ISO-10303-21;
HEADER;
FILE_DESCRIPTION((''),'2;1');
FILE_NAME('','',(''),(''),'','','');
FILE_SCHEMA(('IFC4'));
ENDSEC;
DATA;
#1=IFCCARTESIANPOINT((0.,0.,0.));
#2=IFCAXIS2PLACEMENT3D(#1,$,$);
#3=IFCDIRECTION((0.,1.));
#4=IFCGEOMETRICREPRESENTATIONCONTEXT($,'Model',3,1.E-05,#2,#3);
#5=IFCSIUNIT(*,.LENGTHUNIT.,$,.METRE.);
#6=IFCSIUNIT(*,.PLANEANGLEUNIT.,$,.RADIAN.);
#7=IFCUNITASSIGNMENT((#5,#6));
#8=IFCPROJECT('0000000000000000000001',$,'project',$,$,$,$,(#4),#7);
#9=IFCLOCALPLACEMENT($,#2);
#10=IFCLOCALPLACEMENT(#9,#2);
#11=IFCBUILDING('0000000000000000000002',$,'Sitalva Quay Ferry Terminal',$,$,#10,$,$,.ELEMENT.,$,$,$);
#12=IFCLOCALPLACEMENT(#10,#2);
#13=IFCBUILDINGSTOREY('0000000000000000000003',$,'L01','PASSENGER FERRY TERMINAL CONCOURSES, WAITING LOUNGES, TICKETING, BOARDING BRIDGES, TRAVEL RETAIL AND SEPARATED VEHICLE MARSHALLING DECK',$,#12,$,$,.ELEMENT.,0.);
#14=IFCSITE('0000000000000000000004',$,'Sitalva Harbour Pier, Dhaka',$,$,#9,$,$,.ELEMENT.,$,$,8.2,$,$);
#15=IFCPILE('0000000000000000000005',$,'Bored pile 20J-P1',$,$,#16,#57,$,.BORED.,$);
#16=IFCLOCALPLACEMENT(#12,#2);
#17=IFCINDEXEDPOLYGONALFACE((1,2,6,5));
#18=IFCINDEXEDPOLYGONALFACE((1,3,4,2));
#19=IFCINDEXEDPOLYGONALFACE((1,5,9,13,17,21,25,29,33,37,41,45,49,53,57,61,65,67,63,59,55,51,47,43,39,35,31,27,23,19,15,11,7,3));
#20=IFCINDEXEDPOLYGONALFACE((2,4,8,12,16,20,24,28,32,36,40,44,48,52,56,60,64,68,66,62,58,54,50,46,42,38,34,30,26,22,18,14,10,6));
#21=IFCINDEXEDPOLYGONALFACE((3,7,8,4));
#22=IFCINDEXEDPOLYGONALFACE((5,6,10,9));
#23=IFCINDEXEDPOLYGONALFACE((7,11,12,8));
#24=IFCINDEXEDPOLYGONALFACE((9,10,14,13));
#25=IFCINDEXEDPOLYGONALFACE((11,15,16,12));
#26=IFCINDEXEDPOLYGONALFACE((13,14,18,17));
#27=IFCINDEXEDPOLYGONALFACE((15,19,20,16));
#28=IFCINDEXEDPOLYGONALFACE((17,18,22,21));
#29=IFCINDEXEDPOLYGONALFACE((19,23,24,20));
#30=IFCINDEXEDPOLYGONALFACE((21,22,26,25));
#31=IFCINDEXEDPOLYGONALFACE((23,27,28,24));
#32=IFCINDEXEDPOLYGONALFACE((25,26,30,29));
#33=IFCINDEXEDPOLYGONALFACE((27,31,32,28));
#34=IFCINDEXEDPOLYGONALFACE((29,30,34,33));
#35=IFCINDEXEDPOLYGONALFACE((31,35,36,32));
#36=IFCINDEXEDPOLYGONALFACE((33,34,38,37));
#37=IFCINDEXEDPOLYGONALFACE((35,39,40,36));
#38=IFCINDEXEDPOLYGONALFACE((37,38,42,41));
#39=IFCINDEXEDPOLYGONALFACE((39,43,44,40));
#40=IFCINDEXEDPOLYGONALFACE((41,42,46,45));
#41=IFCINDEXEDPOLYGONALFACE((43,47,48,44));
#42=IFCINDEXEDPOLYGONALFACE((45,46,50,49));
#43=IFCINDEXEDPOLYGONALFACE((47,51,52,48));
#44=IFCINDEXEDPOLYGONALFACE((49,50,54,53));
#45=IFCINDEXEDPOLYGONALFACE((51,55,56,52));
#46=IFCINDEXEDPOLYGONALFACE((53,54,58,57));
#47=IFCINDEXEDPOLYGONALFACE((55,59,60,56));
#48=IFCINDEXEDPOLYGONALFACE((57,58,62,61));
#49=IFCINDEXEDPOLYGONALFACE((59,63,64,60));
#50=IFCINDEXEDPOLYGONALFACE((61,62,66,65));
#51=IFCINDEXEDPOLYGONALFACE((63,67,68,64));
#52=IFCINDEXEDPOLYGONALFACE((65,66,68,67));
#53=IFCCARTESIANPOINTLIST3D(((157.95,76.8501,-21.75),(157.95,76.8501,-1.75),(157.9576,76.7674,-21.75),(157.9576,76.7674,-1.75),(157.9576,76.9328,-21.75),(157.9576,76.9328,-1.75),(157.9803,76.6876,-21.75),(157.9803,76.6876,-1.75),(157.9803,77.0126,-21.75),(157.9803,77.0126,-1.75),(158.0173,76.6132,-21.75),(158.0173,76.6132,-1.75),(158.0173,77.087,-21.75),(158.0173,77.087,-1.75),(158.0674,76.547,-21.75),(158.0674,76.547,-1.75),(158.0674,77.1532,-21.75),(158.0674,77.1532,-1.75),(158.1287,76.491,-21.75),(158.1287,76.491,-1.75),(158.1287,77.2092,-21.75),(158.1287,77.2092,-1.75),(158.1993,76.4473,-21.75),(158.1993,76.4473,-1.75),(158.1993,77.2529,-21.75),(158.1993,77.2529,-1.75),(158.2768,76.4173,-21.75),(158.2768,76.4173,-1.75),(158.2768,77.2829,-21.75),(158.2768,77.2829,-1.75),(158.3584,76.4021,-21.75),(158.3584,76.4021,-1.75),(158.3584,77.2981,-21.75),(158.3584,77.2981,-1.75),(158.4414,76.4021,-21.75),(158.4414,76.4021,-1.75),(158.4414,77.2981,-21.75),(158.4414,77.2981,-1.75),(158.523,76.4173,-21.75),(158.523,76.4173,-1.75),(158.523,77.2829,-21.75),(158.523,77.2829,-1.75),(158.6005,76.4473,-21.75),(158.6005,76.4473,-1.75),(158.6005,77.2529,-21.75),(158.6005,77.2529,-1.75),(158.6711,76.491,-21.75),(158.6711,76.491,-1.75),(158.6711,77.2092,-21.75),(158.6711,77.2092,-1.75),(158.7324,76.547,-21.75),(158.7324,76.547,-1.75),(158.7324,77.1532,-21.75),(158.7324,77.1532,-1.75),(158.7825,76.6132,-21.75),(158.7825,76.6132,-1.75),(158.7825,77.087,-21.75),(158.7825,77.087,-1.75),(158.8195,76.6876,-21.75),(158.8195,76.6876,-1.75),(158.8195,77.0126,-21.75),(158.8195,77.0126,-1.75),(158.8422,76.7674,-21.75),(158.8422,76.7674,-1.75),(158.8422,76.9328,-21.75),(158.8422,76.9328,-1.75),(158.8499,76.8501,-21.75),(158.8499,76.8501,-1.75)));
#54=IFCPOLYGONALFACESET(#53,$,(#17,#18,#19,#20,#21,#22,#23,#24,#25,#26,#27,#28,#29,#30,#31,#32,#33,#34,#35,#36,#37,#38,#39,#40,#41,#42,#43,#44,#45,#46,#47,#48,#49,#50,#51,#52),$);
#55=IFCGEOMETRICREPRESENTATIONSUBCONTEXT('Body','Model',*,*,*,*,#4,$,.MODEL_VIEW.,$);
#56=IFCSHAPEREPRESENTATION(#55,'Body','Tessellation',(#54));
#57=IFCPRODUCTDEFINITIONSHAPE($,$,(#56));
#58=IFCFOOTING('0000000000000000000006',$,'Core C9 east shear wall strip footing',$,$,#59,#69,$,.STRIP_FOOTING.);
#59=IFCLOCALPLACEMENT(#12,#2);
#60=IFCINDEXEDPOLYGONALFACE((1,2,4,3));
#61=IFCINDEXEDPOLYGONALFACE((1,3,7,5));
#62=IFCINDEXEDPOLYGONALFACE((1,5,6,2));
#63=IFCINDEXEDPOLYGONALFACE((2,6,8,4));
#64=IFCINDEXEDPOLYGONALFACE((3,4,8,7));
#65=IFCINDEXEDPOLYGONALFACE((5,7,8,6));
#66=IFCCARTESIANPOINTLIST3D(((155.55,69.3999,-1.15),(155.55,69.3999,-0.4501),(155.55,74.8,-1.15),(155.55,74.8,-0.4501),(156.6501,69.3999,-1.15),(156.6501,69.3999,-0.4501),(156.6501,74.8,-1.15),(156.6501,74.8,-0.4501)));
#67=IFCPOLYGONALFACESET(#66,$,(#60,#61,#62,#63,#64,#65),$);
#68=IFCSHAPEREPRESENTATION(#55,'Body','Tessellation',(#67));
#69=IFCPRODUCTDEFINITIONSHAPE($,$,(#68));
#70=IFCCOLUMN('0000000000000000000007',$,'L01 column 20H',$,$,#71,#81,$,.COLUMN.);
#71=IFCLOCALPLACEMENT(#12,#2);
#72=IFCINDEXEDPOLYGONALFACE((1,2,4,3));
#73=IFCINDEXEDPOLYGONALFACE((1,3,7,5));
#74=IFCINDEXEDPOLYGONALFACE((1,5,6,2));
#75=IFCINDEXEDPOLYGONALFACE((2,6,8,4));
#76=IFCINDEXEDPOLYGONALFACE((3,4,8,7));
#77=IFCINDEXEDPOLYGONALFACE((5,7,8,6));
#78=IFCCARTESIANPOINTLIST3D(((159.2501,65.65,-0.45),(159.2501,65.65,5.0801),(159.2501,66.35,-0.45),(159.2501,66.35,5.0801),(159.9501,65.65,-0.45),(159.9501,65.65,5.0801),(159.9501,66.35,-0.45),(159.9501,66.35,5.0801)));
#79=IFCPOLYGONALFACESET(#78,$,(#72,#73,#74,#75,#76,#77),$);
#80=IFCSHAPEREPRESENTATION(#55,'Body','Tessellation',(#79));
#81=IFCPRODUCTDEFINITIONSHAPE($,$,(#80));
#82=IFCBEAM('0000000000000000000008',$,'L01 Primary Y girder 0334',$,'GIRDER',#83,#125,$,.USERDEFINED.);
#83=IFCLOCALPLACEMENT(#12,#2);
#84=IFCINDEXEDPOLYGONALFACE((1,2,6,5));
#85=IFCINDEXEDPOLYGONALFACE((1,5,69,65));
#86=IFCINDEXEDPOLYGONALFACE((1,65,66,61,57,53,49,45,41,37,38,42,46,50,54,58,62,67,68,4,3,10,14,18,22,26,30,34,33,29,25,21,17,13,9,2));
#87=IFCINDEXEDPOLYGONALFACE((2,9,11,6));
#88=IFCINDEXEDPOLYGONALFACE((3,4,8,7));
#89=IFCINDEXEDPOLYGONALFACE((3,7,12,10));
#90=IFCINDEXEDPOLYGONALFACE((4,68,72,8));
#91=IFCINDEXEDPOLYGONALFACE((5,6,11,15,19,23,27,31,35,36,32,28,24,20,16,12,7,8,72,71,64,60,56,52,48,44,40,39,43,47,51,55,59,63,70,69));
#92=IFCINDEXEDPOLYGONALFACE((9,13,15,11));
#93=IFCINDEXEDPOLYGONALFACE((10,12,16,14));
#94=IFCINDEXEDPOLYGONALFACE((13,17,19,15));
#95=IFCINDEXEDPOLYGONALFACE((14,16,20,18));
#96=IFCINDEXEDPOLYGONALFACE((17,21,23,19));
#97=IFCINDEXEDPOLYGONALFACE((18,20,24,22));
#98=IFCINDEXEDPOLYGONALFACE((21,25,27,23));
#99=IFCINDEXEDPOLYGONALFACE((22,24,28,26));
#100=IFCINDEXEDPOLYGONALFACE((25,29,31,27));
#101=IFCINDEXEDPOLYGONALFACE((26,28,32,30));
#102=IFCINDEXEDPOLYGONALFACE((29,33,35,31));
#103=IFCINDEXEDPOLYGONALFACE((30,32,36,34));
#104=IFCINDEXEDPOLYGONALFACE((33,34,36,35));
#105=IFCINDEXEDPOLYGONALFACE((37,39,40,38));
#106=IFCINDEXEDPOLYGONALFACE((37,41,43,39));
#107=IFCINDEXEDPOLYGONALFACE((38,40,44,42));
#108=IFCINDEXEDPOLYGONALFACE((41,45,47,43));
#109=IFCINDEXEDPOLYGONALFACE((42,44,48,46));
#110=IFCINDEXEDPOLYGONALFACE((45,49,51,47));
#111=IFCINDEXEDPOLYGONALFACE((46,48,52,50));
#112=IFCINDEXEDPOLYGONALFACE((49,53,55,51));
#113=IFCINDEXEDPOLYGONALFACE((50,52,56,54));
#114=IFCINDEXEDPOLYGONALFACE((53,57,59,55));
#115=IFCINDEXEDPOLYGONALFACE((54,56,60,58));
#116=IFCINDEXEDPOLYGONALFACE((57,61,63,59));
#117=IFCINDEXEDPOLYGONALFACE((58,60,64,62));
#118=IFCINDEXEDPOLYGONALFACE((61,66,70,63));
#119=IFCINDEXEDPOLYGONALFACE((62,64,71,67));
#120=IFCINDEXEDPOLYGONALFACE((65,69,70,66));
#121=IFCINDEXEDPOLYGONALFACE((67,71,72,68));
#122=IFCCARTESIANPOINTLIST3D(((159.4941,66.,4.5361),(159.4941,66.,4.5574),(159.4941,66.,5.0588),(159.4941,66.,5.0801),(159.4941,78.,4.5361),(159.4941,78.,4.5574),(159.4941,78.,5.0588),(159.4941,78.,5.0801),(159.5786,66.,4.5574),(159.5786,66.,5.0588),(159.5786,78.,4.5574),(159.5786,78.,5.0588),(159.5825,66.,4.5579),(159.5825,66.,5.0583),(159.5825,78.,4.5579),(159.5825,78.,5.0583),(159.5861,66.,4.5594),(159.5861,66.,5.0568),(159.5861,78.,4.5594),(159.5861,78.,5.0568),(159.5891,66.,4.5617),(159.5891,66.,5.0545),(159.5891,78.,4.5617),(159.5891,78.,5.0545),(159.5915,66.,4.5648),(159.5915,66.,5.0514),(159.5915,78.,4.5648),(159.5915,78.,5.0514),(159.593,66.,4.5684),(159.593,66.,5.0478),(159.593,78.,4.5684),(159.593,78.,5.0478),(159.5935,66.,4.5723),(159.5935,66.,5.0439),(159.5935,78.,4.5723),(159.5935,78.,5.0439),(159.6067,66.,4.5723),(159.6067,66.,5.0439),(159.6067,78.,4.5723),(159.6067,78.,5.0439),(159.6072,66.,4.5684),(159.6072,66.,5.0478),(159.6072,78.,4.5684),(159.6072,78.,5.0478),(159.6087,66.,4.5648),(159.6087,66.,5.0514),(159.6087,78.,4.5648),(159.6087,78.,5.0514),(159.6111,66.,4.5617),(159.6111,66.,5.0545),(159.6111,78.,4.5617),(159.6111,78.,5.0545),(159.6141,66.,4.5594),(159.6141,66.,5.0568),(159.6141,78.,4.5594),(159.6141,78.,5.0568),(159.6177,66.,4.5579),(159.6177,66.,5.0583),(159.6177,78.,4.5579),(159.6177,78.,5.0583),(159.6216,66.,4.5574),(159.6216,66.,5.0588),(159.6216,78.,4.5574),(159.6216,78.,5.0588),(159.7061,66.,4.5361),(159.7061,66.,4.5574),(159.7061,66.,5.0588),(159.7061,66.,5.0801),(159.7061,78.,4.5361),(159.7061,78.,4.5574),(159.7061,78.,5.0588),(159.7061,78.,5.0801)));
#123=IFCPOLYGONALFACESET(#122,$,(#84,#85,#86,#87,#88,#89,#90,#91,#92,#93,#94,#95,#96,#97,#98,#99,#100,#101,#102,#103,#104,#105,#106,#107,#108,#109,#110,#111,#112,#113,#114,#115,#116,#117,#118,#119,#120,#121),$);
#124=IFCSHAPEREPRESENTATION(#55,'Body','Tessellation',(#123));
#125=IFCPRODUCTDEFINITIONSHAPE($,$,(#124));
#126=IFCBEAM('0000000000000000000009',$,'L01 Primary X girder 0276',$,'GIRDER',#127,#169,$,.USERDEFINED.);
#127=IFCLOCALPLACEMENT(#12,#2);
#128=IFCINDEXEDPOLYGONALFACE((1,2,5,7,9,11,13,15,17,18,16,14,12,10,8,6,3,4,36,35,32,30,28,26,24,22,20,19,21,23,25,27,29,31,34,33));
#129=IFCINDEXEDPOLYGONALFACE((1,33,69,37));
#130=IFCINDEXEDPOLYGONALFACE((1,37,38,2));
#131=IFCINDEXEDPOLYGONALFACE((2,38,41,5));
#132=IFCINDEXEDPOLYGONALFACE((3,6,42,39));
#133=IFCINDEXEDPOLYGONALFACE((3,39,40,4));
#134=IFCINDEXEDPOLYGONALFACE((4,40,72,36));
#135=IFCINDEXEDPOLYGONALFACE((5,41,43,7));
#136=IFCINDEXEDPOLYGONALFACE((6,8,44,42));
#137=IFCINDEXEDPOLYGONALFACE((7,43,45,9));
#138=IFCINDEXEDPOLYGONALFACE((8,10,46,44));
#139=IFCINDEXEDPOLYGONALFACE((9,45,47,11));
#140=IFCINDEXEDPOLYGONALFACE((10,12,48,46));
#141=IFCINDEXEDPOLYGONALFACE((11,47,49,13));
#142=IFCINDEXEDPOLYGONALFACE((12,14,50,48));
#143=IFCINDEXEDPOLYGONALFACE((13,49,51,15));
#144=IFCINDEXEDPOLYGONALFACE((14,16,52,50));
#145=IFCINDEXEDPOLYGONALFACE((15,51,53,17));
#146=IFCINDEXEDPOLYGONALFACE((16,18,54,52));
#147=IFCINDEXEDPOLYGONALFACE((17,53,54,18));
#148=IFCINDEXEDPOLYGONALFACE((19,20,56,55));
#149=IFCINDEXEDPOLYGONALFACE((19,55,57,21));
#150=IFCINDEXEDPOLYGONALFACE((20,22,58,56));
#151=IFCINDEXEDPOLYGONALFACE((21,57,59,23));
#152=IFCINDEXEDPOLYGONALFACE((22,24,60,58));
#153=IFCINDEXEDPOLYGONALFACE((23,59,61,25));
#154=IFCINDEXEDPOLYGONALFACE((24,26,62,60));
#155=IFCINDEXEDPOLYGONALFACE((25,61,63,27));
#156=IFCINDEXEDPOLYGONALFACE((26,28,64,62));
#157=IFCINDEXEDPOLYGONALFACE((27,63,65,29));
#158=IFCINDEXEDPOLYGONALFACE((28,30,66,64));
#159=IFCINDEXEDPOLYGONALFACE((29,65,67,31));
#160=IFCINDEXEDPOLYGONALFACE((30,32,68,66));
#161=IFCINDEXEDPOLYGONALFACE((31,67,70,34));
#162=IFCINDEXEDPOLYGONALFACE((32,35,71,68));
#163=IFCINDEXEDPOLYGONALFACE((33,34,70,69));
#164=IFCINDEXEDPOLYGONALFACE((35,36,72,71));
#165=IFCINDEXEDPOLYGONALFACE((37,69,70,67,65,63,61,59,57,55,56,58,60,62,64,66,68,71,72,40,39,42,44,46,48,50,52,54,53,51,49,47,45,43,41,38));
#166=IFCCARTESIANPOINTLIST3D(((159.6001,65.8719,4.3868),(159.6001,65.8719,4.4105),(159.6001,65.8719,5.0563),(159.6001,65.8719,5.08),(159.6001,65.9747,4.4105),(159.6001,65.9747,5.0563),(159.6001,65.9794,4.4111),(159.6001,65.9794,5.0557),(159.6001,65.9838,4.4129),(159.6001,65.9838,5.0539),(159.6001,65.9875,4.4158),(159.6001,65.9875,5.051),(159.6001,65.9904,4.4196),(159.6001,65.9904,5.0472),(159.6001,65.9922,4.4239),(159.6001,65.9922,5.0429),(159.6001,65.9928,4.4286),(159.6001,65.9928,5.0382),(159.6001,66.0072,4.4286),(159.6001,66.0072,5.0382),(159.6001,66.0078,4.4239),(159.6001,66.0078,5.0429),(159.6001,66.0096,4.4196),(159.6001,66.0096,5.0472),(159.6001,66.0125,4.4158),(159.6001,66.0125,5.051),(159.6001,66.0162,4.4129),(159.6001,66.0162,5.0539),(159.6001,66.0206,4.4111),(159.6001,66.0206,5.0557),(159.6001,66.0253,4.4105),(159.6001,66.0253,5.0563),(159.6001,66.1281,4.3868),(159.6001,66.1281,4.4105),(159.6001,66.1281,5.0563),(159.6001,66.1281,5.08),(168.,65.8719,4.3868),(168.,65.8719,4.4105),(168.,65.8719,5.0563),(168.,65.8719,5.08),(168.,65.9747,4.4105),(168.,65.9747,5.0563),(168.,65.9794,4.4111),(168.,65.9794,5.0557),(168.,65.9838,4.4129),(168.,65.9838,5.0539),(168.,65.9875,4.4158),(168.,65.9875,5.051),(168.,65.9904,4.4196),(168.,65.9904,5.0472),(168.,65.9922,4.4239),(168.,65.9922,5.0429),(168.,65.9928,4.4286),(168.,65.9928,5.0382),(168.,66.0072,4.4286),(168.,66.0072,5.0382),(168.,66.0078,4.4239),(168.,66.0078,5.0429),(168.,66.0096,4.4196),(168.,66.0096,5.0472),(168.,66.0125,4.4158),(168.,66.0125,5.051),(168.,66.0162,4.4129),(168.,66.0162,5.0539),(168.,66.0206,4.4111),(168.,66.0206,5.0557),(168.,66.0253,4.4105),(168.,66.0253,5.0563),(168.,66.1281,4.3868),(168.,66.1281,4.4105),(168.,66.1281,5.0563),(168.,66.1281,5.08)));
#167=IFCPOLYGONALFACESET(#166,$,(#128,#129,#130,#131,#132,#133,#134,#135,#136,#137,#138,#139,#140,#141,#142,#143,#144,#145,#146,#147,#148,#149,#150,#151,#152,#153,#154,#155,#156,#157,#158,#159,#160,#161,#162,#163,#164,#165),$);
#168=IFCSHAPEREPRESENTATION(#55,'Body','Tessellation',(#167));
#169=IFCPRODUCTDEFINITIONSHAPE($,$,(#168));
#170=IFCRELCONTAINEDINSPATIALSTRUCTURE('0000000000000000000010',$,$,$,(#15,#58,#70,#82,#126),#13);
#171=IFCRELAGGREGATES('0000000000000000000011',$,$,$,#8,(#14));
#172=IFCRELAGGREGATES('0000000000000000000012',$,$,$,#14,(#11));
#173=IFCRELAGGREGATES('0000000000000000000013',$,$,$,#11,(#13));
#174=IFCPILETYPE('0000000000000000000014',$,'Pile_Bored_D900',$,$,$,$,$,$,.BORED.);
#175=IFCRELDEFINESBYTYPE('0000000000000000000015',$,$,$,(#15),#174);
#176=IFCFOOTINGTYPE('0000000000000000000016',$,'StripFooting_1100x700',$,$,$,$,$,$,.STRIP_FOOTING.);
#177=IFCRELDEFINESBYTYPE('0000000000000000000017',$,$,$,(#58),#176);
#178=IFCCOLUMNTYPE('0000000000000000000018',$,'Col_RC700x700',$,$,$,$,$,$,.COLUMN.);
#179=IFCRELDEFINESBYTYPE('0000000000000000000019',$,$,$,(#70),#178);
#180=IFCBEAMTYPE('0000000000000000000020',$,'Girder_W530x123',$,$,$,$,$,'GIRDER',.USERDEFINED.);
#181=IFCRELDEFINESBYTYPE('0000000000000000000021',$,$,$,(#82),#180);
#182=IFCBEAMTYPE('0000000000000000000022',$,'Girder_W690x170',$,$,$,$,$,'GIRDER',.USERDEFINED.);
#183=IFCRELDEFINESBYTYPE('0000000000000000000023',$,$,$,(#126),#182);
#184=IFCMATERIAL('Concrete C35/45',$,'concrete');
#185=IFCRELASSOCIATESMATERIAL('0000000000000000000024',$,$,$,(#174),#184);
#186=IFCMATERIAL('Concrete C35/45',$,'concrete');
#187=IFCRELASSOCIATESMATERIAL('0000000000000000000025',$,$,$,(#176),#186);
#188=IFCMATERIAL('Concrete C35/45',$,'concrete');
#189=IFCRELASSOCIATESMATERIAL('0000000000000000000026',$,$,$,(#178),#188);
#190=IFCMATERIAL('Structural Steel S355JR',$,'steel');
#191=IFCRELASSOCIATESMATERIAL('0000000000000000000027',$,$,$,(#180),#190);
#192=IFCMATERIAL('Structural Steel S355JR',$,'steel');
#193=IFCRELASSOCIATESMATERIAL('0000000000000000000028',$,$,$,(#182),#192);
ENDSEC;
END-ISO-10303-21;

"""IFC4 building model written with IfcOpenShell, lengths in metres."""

from ifc_helpers import new_model, si_unit, direction, frame, origin, origin_2d, place, context, subcontext, project, spatial, rectangle, circle, i_section, extrude, material, material_profile, profile_set, type_object, element, save


model = new_model("IFC4")

# Units and contexts
model_context = context("Model", 3, precision=1e-05, world=origin(), true_north=direction((0.0, 1.0)))
body_context = subcontext(model_context, "Body", "Model", "MODEL_VIEW")
ifc_project = project(units=[si_unit("LENGTHUNIT", "METRE"), si_unit("PLANEANGLEUNIT", "RADIAN")], contexts=[model_context])

# Site, building, storey
site_placement = place(None, origin())
site = spatial("IfcSite", under=ifc_project, at=site_placement, Name="Sitalva Harbour Pier, Dhaka", CompositionType="ELEMENT", RefElevation=8.2)
building_placement = place(site_placement, origin())
building = spatial("IfcBuilding", under=site, at=building_placement, Name="Sitalva Quay Ferry Terminal", CompositionType="ELEMENT")
storey_placement = place(building_placement, origin())
storey = spatial("IfcBuildingStorey", under=building, at=storey_placement, Name="L01", Description="PASSENGER FERRY TERMINAL CONCOURSES, WAITING LOUNGES, TICKETING, BOARDING BRIDGES, TRAVEL RETAIL AND SEPARATED VEHICLE MARSHALLING DECK", CompositionType="ELEMENT", Elevation=0.0)

# Pile
ifc_material_1 = material(Name="Concrete C35/45", Category="concrete")
ifc_material_profile_1 = material_profile(ifc_material_1, circle(Radius=0.45, at=origin_2d()), Name="PILE-D900")
ifc_profile_set_1 = profile_set([ifc_material_profile_1], Name="Concrete C35/45")
pile_type = type_object("IfcPileType", Name="Pile_Bored_D900", PredefinedType="BORED", material=ifc_profile_set_1)
for number, where, z_axis, x_axis, name in (
    (1, (158.3999, 76.8501, -1.75), (0.0, 0.0, -1.0), (1.0, 0.0, 0.0), "Bored pile 20J-P1"),
):
    element("IfcPile", number, at=place(storey_placement, frame(where, z_axis=z_axis, x_axis=x_axis)), inside=storey, type_object=pile_type, Name=name, PredefinedType="BORED", context=body_context, shape_type="SweptSolid", body=[
        extrude(circle(Radius=0.45, at=origin_2d()), origin(), (0.0, 0.0, 1.0), 20.0),
    ])

# Footing
ifc_material_2 = material(Name="Concrete C35/45", Category="concrete")
ifc_material_profile_2 = material_profile(ifc_material_2, rectangle(XDim=1.1001, YDim=0.7, at=origin_2d()), Name="RC1100x700")
ifc_profile_set_2 = profile_set([ifc_material_profile_2], Name="Concrete C35/45")
footing_type_1 = type_object("IfcFootingType", Name="StripFooting_1100x700", PredefinedType="STRIP_FOOTING", material=ifc_profile_set_2)
footing_1_placement = place(storey_placement, frame((156.1001, 69.3999, -0.8), z_axis=(0.0, 1.0, 0.0), x_axis=(-1.0, 0.0, 0.0)))
element("IfcFooting", 2, at=footing_1_placement, inside=storey, type_object=footing_type_1, Name="Core C9 east shear wall strip footing", PredefinedType="STRIP_FOOTING", context=body_context, shape_type="SweptSolid", body=[
    extrude(rectangle(XDim=1.1001, YDim=0.7, at=origin_2d()), origin(), (0.0, 0.0, 1.0), 5.4001),
])

# Column
ifc_material_3 = material(Name="Concrete C35/45", Category="concrete")
ifc_material_profile_3 = material_profile(ifc_material_3, rectangle(XDim=0.7, YDim=0.7, at=origin_2d()), Name="RC700x700")
ifc_profile_set_3 = profile_set([ifc_material_profile_3], Name="Concrete C35/45")
column_type = type_object("IfcColumnType", Name="Col_RC700x700", PredefinedType="COLUMN", material=ifc_profile_set_3)
column_placement = place(storey_placement, frame((159.6001, 66.0, -0.45), z_axis=(0.0, 0.0, 1.0), x_axis=(1.0, 0.0, 0.0)))
element("IfcColumn", 3, at=column_placement, inside=storey, type_object=column_type, Name="L01 column 20H", PredefinedType="COLUMN", context=body_context, shape_type="SweptSolid", body=[
    extrude(rectangle(XDim=0.7, YDim=0.7, at=origin_2d()), origin(), (0.0, 0.0, 1.0), 5.53),
])

# Beams
ifc_material_4 = material(Name="Structural Steel S355JR", Category="steel")
ifc_material_profile_4 = material_profile(ifc_material_4, i_section(OverallWidth=0.2119, OverallDepth=0.5439, WebThickness=0.0132, FlangeThickness=0.0212, FilletRadius=0.0149, at=origin_2d()), Name="W530x123")
ifc_profile_set_4 = profile_set([ifc_material_profile_4], Name="Structural Steel S355JR")
beam_type_1 = type_object("IfcBeamType", Name="Girder_W530x123", ElementType="GIRDER", PredefinedType="USERDEFINED", material=ifc_profile_set_4)
beam_1_placement = place(storey_placement, frame((159.6001, 66.0, 4.8081), z_axis=(0.0, 1.0, 0.0), x_axis=(-1.0, 0.0, 0.0)))
element("IfcBeam", 4, at=beam_1_placement, inside=storey, type_object=beam_type_1, Name="L01 Primary Y girder 0334", ObjectType="GIRDER", PredefinedType="USERDEFINED", context=body_context, shape_type="SweptSolid", body=[
    extrude(i_section(OverallWidth=0.2119, OverallDepth=0.5439, WebThickness=0.0132, FlangeThickness=0.0212, FilletRadius=0.0149, at=origin_2d()), origin(), (0.0, 0.0, 1.0), 12.0),
])
ifc_material_5 = material(Name="Structural Steel S355JR", Category="steel")
ifc_material_profile_5 = material_profile(ifc_material_5, i_section(OverallWidth=0.2561, OverallDepth=0.6931, WebThickness=0.0144, FlangeThickness=0.0237, FilletRadius=0.0181, at=origin_2d()), Name="W690x170")
ifc_profile_set_5 = profile_set([ifc_material_profile_5], Name="Structural Steel S355JR")
beam_type_2 = type_object("IfcBeamType", Name="Girder_W690x170", ElementType="GIRDER", PredefinedType="USERDEFINED", material=ifc_profile_set_5)
beam_2_placement = place(storey_placement, frame((159.6001, 66.0, 4.7334), z_axis=(1.0, 0.0, 0.0), x_axis=(0.0, 1.0, 0.0)))
element("IfcBeam", 5, at=beam_2_placement, inside=storey, type_object=beam_type_2, Name="L01 Primary X girder 0276", ObjectType="GIRDER", PredefinedType="USERDEFINED", context=body_context, shape_type="SweptSolid", body=[
    extrude(i_section(OverallWidth=0.2561, OverallDepth=0.6931, WebThickness=0.0144, FlangeThickness=0.0237, FilletRadius=0.0181, at=origin_2d()), origin(), (0.0, 0.0, 1.0), 8.3999),
])

save(model, "model.ifc")
